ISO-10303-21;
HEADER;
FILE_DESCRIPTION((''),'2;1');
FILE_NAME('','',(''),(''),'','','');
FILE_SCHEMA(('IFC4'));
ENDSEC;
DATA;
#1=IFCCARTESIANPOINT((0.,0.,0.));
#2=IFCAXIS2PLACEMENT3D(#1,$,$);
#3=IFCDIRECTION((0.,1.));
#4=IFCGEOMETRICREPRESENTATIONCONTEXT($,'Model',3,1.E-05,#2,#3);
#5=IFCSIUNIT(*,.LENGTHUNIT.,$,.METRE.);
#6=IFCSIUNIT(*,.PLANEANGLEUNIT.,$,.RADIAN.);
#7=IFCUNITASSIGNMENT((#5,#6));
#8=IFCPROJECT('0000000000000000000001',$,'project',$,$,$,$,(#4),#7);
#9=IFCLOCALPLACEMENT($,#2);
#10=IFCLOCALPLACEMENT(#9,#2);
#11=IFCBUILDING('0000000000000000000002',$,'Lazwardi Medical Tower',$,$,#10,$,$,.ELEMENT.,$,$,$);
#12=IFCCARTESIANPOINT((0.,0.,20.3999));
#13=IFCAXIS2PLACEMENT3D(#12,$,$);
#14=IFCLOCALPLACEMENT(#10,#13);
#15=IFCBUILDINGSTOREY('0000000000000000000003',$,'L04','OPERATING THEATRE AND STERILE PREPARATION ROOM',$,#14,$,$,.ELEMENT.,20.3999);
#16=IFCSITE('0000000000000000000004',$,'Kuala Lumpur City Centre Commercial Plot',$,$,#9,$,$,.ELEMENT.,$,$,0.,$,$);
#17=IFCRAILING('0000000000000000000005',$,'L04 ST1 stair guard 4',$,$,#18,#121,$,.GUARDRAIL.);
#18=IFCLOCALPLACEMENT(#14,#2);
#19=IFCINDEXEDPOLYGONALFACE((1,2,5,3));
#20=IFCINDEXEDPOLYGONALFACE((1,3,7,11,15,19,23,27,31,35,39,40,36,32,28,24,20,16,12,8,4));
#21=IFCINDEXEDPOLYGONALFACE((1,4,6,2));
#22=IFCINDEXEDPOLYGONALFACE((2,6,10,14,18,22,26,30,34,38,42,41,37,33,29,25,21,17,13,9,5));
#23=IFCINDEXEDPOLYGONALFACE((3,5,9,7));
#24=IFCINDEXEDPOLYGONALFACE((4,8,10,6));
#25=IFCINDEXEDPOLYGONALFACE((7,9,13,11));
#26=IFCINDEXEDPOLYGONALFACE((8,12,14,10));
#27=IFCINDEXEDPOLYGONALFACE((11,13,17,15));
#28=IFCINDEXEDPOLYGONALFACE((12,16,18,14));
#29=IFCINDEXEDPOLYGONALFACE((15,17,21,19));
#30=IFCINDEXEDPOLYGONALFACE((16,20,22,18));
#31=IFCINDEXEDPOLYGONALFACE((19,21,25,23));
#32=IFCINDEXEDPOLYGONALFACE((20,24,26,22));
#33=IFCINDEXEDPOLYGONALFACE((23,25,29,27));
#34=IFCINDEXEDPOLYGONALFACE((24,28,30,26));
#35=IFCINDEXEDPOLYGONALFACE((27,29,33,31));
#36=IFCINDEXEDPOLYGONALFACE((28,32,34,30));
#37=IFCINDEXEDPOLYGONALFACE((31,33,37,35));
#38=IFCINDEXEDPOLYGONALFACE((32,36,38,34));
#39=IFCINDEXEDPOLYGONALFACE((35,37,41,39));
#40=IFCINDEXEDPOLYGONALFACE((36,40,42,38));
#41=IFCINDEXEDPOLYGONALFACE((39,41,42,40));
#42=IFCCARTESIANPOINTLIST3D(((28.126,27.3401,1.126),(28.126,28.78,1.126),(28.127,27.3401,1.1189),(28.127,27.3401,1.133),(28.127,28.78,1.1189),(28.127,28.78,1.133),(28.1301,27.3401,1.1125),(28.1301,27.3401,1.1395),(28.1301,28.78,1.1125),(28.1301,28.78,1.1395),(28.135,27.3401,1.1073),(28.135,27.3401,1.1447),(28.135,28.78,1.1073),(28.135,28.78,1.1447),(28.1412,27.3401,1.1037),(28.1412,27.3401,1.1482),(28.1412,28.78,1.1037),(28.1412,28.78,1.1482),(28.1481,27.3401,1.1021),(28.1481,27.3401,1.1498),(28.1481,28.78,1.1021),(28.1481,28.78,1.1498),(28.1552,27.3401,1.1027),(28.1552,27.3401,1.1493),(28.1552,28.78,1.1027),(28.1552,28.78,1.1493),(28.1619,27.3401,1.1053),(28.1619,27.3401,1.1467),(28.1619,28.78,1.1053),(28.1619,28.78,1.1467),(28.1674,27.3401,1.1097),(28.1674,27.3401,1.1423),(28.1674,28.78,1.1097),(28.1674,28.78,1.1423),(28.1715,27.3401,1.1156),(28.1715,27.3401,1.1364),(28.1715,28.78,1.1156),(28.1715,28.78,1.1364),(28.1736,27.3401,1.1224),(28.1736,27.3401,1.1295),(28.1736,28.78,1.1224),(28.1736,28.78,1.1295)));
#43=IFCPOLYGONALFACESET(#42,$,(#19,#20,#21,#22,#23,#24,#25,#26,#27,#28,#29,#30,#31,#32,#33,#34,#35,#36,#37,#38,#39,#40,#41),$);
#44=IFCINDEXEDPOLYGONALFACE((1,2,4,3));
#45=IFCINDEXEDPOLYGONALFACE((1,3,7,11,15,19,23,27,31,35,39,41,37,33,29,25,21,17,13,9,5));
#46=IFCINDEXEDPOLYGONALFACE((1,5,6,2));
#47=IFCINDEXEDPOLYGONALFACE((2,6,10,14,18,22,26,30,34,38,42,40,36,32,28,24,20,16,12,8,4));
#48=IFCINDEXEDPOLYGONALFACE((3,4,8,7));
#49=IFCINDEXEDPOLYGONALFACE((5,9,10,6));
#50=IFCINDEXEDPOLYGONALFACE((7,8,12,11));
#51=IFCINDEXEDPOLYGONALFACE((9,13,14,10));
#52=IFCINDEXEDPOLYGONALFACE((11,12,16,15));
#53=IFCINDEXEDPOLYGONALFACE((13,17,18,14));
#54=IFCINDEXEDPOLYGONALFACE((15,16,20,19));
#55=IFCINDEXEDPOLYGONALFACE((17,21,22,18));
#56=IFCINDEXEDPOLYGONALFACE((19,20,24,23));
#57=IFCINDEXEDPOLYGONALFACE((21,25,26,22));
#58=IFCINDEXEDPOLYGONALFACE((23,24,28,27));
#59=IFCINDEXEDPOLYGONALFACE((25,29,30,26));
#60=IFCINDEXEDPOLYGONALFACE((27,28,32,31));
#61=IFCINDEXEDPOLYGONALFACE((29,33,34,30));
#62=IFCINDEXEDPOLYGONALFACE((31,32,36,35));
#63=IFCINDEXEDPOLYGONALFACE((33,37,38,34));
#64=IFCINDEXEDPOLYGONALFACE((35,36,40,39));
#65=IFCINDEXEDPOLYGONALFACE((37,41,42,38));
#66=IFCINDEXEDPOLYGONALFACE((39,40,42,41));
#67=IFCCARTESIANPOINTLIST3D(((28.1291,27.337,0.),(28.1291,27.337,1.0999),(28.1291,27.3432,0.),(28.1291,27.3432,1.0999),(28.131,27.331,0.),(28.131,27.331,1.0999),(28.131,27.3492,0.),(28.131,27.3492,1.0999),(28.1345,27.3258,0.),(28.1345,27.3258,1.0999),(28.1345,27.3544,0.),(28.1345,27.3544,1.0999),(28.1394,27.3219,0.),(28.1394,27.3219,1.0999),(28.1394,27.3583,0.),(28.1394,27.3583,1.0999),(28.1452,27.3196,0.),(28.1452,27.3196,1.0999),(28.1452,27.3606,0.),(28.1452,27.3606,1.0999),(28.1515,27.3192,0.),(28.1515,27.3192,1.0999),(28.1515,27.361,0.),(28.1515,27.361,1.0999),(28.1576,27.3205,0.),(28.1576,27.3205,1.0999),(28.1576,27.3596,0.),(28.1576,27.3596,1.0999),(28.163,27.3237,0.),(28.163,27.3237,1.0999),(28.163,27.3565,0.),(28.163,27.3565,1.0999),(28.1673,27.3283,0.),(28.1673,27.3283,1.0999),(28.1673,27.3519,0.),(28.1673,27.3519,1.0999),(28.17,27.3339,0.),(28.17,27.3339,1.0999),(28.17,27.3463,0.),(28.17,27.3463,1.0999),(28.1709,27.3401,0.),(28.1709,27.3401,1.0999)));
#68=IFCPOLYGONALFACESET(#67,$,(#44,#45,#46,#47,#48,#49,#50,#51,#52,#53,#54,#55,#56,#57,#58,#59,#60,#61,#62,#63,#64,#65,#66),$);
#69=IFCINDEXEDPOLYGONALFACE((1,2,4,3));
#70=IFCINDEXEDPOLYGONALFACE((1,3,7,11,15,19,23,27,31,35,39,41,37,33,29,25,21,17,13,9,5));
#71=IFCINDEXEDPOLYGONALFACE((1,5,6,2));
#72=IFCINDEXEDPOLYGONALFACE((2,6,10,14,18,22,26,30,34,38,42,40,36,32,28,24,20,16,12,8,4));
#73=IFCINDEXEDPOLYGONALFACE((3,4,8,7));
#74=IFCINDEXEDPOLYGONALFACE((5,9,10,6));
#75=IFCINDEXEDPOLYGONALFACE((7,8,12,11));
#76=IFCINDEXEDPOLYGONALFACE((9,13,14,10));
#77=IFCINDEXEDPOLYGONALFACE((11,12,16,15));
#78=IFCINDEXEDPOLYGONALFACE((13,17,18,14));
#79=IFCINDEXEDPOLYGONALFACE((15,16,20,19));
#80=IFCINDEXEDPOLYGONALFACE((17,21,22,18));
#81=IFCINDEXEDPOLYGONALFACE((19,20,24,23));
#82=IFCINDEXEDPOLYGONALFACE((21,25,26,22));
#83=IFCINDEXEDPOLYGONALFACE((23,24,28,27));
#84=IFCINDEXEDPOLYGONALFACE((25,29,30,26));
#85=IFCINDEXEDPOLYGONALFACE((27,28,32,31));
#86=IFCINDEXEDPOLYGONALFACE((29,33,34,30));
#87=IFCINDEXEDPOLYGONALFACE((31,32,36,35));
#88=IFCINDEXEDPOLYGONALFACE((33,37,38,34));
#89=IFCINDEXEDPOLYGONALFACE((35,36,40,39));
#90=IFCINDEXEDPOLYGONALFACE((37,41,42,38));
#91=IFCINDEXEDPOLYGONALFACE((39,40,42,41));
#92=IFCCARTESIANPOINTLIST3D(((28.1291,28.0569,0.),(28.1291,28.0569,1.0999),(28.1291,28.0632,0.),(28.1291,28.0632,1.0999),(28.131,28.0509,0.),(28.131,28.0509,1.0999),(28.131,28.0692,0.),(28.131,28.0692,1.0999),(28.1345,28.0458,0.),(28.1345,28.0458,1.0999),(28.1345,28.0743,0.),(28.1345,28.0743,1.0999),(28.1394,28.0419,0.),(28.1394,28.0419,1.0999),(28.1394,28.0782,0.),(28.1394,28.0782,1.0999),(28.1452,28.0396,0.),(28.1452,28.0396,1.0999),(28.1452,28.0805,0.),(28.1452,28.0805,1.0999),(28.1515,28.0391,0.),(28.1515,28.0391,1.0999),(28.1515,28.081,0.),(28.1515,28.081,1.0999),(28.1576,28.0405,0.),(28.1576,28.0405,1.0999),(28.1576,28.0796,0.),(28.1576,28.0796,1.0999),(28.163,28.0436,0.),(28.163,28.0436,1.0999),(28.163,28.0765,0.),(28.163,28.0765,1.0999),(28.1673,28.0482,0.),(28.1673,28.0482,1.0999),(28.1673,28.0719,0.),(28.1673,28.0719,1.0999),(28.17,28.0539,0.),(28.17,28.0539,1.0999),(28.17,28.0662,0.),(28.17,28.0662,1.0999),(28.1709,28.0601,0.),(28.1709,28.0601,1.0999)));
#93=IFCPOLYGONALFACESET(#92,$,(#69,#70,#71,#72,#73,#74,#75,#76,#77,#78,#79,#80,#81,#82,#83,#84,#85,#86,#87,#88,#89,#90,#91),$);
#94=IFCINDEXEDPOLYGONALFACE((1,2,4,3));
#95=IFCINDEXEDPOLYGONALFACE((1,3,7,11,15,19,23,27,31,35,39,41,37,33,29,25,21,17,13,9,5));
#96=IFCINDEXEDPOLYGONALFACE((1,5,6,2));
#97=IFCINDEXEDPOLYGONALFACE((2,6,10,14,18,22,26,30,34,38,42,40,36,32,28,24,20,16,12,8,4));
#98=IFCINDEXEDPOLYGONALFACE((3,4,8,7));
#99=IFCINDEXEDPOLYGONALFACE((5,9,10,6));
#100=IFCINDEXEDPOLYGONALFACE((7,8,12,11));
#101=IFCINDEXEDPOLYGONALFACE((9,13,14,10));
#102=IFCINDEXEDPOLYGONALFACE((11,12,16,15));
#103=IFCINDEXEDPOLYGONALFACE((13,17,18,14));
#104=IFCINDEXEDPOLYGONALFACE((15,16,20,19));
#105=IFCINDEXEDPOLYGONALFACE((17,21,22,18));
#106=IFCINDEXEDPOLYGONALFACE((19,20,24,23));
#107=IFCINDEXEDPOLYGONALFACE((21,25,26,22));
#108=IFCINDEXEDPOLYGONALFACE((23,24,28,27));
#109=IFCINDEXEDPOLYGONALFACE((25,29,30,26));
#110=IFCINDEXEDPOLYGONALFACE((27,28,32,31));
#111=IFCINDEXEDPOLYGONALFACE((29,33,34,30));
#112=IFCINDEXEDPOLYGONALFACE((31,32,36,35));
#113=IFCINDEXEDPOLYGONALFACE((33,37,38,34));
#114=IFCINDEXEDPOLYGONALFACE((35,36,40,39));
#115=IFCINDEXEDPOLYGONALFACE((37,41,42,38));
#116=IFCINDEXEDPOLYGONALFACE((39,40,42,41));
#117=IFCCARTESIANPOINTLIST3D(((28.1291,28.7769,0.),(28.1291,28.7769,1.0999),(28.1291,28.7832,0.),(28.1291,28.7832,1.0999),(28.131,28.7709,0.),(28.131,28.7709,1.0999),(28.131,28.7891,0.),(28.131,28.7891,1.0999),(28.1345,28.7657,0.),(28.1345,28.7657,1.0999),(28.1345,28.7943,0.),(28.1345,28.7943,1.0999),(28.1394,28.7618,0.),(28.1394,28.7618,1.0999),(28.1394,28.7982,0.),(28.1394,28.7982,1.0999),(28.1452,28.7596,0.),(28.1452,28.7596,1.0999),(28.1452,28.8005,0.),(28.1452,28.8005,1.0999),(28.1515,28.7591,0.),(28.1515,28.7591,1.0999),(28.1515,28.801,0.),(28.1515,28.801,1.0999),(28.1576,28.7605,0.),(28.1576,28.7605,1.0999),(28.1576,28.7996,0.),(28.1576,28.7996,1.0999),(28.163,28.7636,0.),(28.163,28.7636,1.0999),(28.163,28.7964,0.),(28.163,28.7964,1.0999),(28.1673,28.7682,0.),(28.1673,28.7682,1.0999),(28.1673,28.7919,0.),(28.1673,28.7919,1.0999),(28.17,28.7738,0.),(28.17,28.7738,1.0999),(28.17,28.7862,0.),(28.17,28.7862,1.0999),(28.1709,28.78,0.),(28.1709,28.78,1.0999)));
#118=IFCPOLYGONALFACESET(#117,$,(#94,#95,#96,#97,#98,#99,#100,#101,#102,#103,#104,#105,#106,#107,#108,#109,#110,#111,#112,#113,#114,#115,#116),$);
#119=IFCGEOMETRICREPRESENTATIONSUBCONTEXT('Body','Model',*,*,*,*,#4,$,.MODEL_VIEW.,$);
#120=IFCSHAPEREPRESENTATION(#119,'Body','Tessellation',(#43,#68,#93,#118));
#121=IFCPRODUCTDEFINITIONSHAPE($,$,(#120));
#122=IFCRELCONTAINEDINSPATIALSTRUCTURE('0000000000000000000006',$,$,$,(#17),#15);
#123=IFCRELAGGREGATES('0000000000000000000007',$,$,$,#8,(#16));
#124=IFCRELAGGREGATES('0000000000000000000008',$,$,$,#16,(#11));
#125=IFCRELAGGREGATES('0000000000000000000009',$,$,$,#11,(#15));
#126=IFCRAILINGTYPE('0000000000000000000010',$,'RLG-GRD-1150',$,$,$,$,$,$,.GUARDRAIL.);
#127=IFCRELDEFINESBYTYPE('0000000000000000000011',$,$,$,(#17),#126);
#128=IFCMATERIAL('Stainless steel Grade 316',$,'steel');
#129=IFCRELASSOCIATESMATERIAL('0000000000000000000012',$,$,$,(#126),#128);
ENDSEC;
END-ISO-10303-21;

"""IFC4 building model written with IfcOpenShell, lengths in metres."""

from ifc_helpers import new_model, si_unit, direction, frame, origin, origin_2d, place, context, subcontext, project, spatial, circle, extrude, material, type_object, element, save


model = new_model("IFC4")

# Units and contexts
model_context = context("Model", 3, precision=1e-05, world=origin(), true_north=direction((0.0, 1.0)))
body_context = subcontext(model_context, "Body", "Model", "MODEL_VIEW")
ifc_project = project(units=[si_unit("LENGTHUNIT", "METRE"), si_unit("PLANEANGLEUNIT", "RADIAN")], contexts=[model_context])

# Site, building, storey
site_placement = place(None, origin())
site = spatial("IfcSite", under=ifc_project, at=site_placement, Name="Kuala Lumpur City Centre Commercial Plot", CompositionType="ELEMENT", RefElevation=0.0)
building_placement = place(site_placement, origin())
building = spatial("IfcBuilding", under=site, at=building_placement, Name="Lazwardi Medical Tower", CompositionType="ELEMENT")
storey_placement = place(building_placement, frame((0.0, 0.0, 20.3999)))
storey = spatial("IfcBuildingStorey", under=building, at=storey_placement, Name="L04", Description="OPERATING THEATRE AND STERILE PREPARATION ROOM", CompositionType="ELEMENT", Elevation=20.3999)

# Railing
ifc_material_1 = material(Name="Stainless steel Grade 316", Category="steel")
railing_type_1 = type_object("IfcRailingType", Name="RLG-GRD-1150", PredefinedType="GUARDRAIL", material=ifc_material_1)
railing_1_placement = place(storey_placement, frame((28.1499, 27.3401, 0.0)))
element("IfcRailing", 1, at=railing_1_placement, inside=storey, type_object=railing_type_1, Name="L04 ST1 stair guard 4", PredefinedType="GUARDRAIL", context=body_context, shape_type="SweptSolid", body=[
    extrude(circle(Radius=0.0239, at=origin_2d()), frame((0.0, 0.0, 1.126), z_axis=(0.0, 1.0, 0.0), x_axis=(-1.0, 0.0, 0.0)), (0.0, 0.0, 1.0), 1.4399),
    extrude(circle(Radius=0.021, at=origin_2d()), origin(), (0.0, 0.0, 1.0), 1.0999),
    extrude(circle(Radius=0.021, at=origin_2d()), frame((0.0, 0.72, 0.0)), (0.0, 0.0, 1.0), 1.0999),
    extrude(circle(Radius=0.021, at=origin_2d()), frame((0.0, 1.4399, 0.0)), (0.0, 0.0, 1.0), 1.0999),
])

save(model, "model.ifc")
